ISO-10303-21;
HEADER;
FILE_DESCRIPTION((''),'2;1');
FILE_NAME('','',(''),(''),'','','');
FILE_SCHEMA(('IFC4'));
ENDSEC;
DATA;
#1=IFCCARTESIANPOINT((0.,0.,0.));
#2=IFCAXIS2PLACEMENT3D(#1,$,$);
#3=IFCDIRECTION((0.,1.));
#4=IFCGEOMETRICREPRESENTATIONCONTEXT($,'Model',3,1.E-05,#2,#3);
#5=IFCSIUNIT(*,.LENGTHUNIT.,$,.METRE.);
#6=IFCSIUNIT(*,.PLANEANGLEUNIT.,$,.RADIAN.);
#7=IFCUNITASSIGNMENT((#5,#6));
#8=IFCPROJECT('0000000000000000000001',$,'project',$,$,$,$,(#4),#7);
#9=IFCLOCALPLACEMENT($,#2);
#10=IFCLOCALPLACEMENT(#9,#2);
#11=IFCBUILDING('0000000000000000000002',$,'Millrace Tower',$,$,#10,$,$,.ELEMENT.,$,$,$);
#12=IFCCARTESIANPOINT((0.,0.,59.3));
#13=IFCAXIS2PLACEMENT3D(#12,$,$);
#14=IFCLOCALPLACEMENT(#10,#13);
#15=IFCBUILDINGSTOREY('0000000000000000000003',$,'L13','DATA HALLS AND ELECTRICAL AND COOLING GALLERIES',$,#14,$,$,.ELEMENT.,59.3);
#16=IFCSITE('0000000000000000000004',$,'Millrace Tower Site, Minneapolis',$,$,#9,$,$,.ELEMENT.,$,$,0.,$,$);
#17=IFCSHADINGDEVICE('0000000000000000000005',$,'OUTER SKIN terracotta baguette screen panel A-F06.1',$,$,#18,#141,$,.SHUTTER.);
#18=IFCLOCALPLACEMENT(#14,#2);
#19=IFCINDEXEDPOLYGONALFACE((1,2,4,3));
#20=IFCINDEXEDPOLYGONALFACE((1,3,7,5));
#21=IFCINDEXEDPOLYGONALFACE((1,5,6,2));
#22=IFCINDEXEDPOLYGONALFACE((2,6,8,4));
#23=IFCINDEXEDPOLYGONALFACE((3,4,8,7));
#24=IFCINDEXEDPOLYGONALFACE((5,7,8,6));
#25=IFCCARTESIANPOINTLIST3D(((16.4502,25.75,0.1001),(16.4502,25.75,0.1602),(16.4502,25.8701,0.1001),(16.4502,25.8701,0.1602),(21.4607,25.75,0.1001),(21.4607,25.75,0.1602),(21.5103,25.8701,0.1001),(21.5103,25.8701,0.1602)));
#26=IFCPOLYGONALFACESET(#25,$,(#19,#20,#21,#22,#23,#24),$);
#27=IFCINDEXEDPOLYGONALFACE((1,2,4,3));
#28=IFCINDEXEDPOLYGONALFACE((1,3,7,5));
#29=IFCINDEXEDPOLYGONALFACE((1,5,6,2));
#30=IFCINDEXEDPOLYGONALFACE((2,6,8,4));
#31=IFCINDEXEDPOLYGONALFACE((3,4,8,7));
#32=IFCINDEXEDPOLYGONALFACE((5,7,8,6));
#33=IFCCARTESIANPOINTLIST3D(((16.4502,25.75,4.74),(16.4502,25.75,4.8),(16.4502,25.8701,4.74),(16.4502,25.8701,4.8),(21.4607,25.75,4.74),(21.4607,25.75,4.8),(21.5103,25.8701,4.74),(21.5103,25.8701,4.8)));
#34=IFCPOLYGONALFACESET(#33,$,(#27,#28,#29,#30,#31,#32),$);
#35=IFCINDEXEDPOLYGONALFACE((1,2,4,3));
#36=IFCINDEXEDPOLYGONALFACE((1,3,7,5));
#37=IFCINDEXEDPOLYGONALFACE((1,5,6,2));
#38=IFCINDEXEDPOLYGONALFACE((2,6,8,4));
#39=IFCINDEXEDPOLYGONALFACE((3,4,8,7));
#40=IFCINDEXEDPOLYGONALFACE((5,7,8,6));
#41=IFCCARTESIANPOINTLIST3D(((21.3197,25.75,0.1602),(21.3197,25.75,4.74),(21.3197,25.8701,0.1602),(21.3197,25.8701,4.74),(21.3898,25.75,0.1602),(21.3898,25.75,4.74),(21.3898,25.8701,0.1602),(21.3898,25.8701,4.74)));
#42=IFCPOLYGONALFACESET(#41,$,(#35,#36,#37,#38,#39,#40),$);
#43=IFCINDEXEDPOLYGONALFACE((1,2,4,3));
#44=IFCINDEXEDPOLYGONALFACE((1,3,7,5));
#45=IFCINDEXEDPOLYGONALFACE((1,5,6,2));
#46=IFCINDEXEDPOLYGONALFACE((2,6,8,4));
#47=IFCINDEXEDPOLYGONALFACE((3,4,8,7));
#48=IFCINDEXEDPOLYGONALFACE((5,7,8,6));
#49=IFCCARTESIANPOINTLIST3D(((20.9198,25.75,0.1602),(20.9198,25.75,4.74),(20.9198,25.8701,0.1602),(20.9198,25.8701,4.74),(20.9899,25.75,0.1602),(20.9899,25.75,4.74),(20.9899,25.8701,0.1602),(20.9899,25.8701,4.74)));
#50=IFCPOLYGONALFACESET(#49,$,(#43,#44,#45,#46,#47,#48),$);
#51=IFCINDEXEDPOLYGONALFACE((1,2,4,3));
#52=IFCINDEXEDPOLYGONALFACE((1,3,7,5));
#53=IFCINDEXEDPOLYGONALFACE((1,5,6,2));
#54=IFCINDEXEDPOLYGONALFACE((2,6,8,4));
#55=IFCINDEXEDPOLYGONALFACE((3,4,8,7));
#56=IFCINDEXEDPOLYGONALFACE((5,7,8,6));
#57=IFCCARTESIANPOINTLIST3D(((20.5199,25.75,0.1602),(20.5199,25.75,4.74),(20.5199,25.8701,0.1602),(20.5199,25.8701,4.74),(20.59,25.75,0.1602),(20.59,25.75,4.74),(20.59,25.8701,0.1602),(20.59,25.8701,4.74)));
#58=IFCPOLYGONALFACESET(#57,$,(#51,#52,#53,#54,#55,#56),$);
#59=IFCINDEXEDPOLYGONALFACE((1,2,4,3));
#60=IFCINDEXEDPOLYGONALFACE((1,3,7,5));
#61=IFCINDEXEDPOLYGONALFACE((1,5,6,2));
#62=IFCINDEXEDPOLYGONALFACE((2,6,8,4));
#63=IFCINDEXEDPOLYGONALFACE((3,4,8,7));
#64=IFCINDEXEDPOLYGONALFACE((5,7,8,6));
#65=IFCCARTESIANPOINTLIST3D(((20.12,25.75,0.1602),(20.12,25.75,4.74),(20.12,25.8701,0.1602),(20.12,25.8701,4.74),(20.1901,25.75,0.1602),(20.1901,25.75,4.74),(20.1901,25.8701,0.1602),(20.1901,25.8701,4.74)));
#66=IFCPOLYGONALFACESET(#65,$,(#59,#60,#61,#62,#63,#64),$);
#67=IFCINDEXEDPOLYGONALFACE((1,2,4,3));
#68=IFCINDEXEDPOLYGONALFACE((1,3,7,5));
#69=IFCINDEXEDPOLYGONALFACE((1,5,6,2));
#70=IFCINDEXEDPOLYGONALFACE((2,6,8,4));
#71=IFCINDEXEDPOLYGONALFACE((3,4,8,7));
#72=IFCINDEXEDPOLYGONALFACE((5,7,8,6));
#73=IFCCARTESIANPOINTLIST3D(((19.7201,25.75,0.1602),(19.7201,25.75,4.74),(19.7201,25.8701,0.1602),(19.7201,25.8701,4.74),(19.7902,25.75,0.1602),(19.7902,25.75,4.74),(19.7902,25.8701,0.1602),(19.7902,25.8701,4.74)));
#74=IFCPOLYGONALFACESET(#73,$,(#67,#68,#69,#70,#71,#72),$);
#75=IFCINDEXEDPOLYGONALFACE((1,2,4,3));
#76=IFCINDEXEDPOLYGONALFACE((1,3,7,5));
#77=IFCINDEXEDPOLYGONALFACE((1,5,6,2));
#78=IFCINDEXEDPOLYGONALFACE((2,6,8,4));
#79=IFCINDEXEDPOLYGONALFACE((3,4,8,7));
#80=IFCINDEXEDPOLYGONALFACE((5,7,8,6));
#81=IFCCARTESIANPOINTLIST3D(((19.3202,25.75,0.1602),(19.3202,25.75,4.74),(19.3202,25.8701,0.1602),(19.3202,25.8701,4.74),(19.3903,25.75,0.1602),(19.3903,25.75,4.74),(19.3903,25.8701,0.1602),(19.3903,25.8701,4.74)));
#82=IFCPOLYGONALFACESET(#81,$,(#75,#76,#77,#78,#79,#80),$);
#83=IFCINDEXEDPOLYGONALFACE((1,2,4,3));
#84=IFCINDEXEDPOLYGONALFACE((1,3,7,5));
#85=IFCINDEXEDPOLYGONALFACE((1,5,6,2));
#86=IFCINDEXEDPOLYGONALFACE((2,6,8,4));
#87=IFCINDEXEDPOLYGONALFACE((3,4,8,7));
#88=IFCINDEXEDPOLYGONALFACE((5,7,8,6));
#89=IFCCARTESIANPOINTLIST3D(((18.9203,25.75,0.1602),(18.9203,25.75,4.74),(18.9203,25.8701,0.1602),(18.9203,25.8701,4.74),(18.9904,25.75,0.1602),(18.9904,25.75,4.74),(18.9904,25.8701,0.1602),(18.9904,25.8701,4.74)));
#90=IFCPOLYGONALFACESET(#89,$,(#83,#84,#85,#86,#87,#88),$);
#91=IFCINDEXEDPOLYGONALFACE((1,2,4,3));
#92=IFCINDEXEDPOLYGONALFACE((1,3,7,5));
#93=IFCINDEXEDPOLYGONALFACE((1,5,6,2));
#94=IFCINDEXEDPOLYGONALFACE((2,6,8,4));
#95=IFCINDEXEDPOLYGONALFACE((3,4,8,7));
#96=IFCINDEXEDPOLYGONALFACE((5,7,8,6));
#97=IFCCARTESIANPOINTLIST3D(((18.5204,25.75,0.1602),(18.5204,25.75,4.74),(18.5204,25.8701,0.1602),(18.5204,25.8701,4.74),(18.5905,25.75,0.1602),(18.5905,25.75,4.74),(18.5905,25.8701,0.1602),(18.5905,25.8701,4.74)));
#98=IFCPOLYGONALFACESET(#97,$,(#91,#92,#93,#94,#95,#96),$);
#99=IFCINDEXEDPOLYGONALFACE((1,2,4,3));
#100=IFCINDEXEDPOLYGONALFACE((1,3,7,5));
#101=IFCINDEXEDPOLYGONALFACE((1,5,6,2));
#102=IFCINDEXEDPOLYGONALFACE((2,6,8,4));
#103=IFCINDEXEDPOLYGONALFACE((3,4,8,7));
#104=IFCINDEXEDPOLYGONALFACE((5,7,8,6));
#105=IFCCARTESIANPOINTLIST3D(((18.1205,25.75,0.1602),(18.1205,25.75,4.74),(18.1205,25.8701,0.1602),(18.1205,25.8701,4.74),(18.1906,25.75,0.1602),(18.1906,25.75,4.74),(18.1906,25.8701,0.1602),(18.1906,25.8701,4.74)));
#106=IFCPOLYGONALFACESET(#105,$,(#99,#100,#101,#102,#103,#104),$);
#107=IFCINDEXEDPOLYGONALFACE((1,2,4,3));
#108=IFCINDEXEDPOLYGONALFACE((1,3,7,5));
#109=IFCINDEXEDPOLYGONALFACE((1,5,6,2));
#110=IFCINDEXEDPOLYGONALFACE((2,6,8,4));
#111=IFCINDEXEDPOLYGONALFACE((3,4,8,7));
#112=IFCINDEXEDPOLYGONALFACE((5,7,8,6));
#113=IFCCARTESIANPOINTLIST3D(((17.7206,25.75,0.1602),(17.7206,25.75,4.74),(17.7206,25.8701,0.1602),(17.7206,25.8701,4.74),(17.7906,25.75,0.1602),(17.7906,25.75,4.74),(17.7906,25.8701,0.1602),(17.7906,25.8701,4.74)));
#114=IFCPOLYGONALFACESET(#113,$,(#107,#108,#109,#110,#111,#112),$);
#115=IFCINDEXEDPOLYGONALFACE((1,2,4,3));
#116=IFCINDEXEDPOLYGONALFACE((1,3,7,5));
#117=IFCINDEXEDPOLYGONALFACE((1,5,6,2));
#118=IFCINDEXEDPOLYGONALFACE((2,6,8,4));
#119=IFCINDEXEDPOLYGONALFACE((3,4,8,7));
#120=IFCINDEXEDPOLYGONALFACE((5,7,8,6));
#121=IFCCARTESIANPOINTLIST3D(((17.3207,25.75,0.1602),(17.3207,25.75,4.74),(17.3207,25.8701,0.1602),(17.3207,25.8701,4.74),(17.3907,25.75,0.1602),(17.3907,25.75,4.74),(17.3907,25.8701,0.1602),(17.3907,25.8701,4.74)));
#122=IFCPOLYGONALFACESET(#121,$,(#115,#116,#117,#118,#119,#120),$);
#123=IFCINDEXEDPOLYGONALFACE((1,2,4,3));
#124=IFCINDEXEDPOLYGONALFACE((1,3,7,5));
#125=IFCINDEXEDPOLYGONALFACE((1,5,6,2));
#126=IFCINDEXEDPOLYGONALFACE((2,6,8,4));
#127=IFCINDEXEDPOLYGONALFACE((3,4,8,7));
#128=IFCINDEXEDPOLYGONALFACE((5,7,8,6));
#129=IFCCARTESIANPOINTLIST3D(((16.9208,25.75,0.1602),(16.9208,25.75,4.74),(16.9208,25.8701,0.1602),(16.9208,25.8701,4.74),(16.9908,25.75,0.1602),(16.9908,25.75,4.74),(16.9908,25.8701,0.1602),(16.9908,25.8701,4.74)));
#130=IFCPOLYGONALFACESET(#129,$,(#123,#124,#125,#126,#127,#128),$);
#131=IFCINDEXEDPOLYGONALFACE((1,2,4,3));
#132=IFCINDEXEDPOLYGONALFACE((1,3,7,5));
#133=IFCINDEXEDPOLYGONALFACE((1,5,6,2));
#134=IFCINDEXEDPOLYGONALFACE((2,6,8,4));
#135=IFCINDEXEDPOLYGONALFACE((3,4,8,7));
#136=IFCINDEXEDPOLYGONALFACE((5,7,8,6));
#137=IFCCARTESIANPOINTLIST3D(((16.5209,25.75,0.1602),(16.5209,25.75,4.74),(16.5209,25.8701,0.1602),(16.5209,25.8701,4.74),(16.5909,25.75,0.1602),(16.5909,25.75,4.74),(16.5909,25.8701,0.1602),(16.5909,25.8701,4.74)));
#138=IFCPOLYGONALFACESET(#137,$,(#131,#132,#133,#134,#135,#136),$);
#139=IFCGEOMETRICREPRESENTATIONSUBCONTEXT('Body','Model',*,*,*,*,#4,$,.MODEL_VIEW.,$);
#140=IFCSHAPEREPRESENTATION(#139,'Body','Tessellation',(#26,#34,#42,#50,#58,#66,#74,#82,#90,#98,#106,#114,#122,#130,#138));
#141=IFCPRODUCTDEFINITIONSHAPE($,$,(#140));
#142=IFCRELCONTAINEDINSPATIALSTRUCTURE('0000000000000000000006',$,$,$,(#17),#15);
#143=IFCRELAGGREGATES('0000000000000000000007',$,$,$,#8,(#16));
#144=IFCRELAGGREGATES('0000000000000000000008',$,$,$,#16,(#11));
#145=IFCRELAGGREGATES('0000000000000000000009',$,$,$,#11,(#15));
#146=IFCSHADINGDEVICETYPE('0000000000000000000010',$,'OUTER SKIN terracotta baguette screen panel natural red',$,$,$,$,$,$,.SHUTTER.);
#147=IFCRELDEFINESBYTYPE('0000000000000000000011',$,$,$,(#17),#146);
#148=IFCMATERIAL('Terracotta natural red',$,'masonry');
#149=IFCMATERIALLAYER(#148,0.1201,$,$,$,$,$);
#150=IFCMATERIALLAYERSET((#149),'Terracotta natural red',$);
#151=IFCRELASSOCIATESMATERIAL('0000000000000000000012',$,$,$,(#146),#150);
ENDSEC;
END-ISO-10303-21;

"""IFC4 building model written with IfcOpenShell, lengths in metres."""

from ifc_helpers import new_model, entity, si_unit, direction, frame, frame_2d, origin, place, context, subcontext, project, spatial, rectangle, extrude, source, transform, mapped, material, layer, layer_set, type_object, element, save


model = new_model("IFC4")

# Units and contexts
model_context = context("Model", 3, precision=1e-05, world=origin(), true_north=direction((0.0, 1.0)))
body_context = subcontext(model_context, "Body", "Model", "MODEL_VIEW")
ifc_project = project(units=[si_unit("LENGTHUNIT", "METRE"), si_unit("PLANEANGLEUNIT", "RADIAN")], contexts=[model_context])

# Site, building, storey
site_placement = place(None, origin())
site = spatial("IfcSite", under=ifc_project, at=site_placement, Name="Millrace Tower Site, Minneapolis", CompositionType="ELEMENT", RefElevation=0.0)
building_placement = place(site_placement, origin())
building = spatial("IfcBuilding", under=site, at=building_placement, Name="Millrace Tower", CompositionType="ELEMENT")
storey_placement = place(building_placement, frame((0.0, 0.0, 59.3)))
storey = spatial("IfcBuildingStorey", under=building, at=storey_placement, Name="L13", Description="DATA HALLS AND ELECTRICAL AND COOLING GALLERIES", CompositionType="ELEMENT", Elevation=59.3)

# Shading device
ifc_material_1 = material(Name="Terracotta natural red", Category="masonry")
ifc_layer_1 = layer(ifc_material_1, 0.1201)
ifc_layer_set_1 = layer_set([ifc_layer_1], Name="Terracotta natural red")
shading_device_type_1 = type_object("IfcShadingDeviceType", Name="OUTER SKIN terracotta baguette screen panel natural red", PredefinedType="SHUTTER", material=ifc_layer_set_1)
cartesian_point_1 = entity("IfcCartesianPoint", [-2.4929, 0.0601])
shared_polyline_1 = entity("IfcPolyline", [cartesian_point_1, entity("IfcCartesianPoint", [2.5176, 0.0601]), entity("IfcCartesianPoint", [2.5176, -0.0601]), entity("IfcCartesianPoint", [-2.5425, -0.0601]), cartesian_point_1])
shared_shape_1 = source(origin(), body_context, "Body", "SweptSolid", [
    entity("IfcExtrudedAreaSolid", entity("IfcArbitraryClosedProfileDef", "AREA", None, shared_polyline_1), entity("IfcAxis2Placement3D", entity("IfcCartesianPoint", [0.0, 0.0, 0.0])), entity("IfcDirection", [0.0, 0.0, 1.0]), 0.0601),
    entity("IfcExtrudedAreaSolid", entity("IfcArbitraryClosedProfileDef", "AREA", None, shared_polyline_1), entity("IfcAxis2Placement3D", entity("IfcCartesianPoint", [0.0, 0.0, 4.6399])), entity("IfcDirection", [0.0, 0.0, 1.0]), 0.0601),
    extrude(rectangle(XDim=0.0701, YDim=0.1201, at=frame_2d((-2.387, 0.0))), frame((0.0, 0.0, 0.0601)), (0.0, 0.0, 1.0), 4.5798),
    extrude(rectangle(XDim=0.0701, YDim=0.1201, at=frame_2d((-1.9871, 0.0))), frame((0.0, 0.0, 0.0601)), (0.0, 0.0, 1.0), 4.5798),
    extrude(rectangle(XDim=0.0701, YDim=0.1201, at=frame_2d((-1.5872, 0.0))), frame((0.0, 0.0, 0.0601)), (0.0, 0.0, 1.0), 4.5798),
    extrude(rectangle(XDim=0.0701, YDim=0.1201, at=frame_2d((-1.1873, 0.0))), frame((0.0, 0.0, 0.0601)), (0.0, 0.0, 1.0), 4.5798),
    extrude(rectangle(XDim=0.0701, YDim=0.1201, at=frame_2d((-0.7874, 0.0))), frame((0.0, 0.0, 0.0601)), (0.0, 0.0, 1.0), 4.5798),
    extrude(rectangle(XDim=0.0701, YDim=0.1201, at=frame_2d((-0.3875, 0.0))), frame((0.0, 0.0, 0.0601)), (0.0, 0.0, 1.0), 4.5798),
    extrude(rectangle(XDim=0.0701, YDim=0.1201, at=frame_2d((0.0125, 0.0))), frame((0.0, 0.0, 0.0601)), (0.0, 0.0, 1.0), 4.5798),
    extrude(rectangle(XDim=0.0701, YDim=0.1201, at=frame_2d((0.4124, 0.0))), frame((0.0, 0.0, 0.0601)), (0.0, 0.0, 1.0), 4.5798),
    extrude(rectangle(XDim=0.0701, YDim=0.1201, at=frame_2d((0.8123, 0.0))), frame((0.0, 0.0, 0.0601)), (0.0, 0.0, 1.0), 4.5798),
    extrude(rectangle(XDim=0.0701, YDim=0.1201, at=frame_2d((1.2122, 0.0))), frame((0.0, 0.0, 0.0601)), (0.0, 0.0, 1.0), 4.5798),
    extrude(rectangle(XDim=0.0701, YDim=0.1201, at=frame_2d((1.6121, 0.0))), frame((0.0, 0.0, 0.0601)), (0.0, 0.0, 1.0), 4.5798),
    extrude(rectangle(XDim=0.0701, YDim=0.1201, at=frame_2d((2.012, 0.0))), frame((0.0, 0.0, 0.0601)), (0.0, 0.0, 1.0), 4.5798),
    extrude(rectangle(XDim=0.0701, YDim=0.1201, at=frame_2d((2.4119, 0.0))), frame((0.0, 0.0, 0.0601)), (0.0, 0.0, 1.0), 4.5798),
])
shading_device_1_placement = place(storey_placement, frame((18.9678, 25.8101, 0.1001), z_axis=(0.0, 0.0, 1.0), x_axis=(-1.0, 0.0, 0.0)))
element("IfcShadingDevice", 1, at=shading_device_1_placement, inside=storey, type_object=shading_device_type_1, Name="OUTER SKIN terracotta baguette screen panel A-F06.1", PredefinedType="SHUTTER", context=body_context, shape_type="MappedRepresentation", body=[
    mapped(shared_shape_1, transform((0.0, 0.0, 0.0), scale=1.0)),
])

save(model, "model.ifc")
